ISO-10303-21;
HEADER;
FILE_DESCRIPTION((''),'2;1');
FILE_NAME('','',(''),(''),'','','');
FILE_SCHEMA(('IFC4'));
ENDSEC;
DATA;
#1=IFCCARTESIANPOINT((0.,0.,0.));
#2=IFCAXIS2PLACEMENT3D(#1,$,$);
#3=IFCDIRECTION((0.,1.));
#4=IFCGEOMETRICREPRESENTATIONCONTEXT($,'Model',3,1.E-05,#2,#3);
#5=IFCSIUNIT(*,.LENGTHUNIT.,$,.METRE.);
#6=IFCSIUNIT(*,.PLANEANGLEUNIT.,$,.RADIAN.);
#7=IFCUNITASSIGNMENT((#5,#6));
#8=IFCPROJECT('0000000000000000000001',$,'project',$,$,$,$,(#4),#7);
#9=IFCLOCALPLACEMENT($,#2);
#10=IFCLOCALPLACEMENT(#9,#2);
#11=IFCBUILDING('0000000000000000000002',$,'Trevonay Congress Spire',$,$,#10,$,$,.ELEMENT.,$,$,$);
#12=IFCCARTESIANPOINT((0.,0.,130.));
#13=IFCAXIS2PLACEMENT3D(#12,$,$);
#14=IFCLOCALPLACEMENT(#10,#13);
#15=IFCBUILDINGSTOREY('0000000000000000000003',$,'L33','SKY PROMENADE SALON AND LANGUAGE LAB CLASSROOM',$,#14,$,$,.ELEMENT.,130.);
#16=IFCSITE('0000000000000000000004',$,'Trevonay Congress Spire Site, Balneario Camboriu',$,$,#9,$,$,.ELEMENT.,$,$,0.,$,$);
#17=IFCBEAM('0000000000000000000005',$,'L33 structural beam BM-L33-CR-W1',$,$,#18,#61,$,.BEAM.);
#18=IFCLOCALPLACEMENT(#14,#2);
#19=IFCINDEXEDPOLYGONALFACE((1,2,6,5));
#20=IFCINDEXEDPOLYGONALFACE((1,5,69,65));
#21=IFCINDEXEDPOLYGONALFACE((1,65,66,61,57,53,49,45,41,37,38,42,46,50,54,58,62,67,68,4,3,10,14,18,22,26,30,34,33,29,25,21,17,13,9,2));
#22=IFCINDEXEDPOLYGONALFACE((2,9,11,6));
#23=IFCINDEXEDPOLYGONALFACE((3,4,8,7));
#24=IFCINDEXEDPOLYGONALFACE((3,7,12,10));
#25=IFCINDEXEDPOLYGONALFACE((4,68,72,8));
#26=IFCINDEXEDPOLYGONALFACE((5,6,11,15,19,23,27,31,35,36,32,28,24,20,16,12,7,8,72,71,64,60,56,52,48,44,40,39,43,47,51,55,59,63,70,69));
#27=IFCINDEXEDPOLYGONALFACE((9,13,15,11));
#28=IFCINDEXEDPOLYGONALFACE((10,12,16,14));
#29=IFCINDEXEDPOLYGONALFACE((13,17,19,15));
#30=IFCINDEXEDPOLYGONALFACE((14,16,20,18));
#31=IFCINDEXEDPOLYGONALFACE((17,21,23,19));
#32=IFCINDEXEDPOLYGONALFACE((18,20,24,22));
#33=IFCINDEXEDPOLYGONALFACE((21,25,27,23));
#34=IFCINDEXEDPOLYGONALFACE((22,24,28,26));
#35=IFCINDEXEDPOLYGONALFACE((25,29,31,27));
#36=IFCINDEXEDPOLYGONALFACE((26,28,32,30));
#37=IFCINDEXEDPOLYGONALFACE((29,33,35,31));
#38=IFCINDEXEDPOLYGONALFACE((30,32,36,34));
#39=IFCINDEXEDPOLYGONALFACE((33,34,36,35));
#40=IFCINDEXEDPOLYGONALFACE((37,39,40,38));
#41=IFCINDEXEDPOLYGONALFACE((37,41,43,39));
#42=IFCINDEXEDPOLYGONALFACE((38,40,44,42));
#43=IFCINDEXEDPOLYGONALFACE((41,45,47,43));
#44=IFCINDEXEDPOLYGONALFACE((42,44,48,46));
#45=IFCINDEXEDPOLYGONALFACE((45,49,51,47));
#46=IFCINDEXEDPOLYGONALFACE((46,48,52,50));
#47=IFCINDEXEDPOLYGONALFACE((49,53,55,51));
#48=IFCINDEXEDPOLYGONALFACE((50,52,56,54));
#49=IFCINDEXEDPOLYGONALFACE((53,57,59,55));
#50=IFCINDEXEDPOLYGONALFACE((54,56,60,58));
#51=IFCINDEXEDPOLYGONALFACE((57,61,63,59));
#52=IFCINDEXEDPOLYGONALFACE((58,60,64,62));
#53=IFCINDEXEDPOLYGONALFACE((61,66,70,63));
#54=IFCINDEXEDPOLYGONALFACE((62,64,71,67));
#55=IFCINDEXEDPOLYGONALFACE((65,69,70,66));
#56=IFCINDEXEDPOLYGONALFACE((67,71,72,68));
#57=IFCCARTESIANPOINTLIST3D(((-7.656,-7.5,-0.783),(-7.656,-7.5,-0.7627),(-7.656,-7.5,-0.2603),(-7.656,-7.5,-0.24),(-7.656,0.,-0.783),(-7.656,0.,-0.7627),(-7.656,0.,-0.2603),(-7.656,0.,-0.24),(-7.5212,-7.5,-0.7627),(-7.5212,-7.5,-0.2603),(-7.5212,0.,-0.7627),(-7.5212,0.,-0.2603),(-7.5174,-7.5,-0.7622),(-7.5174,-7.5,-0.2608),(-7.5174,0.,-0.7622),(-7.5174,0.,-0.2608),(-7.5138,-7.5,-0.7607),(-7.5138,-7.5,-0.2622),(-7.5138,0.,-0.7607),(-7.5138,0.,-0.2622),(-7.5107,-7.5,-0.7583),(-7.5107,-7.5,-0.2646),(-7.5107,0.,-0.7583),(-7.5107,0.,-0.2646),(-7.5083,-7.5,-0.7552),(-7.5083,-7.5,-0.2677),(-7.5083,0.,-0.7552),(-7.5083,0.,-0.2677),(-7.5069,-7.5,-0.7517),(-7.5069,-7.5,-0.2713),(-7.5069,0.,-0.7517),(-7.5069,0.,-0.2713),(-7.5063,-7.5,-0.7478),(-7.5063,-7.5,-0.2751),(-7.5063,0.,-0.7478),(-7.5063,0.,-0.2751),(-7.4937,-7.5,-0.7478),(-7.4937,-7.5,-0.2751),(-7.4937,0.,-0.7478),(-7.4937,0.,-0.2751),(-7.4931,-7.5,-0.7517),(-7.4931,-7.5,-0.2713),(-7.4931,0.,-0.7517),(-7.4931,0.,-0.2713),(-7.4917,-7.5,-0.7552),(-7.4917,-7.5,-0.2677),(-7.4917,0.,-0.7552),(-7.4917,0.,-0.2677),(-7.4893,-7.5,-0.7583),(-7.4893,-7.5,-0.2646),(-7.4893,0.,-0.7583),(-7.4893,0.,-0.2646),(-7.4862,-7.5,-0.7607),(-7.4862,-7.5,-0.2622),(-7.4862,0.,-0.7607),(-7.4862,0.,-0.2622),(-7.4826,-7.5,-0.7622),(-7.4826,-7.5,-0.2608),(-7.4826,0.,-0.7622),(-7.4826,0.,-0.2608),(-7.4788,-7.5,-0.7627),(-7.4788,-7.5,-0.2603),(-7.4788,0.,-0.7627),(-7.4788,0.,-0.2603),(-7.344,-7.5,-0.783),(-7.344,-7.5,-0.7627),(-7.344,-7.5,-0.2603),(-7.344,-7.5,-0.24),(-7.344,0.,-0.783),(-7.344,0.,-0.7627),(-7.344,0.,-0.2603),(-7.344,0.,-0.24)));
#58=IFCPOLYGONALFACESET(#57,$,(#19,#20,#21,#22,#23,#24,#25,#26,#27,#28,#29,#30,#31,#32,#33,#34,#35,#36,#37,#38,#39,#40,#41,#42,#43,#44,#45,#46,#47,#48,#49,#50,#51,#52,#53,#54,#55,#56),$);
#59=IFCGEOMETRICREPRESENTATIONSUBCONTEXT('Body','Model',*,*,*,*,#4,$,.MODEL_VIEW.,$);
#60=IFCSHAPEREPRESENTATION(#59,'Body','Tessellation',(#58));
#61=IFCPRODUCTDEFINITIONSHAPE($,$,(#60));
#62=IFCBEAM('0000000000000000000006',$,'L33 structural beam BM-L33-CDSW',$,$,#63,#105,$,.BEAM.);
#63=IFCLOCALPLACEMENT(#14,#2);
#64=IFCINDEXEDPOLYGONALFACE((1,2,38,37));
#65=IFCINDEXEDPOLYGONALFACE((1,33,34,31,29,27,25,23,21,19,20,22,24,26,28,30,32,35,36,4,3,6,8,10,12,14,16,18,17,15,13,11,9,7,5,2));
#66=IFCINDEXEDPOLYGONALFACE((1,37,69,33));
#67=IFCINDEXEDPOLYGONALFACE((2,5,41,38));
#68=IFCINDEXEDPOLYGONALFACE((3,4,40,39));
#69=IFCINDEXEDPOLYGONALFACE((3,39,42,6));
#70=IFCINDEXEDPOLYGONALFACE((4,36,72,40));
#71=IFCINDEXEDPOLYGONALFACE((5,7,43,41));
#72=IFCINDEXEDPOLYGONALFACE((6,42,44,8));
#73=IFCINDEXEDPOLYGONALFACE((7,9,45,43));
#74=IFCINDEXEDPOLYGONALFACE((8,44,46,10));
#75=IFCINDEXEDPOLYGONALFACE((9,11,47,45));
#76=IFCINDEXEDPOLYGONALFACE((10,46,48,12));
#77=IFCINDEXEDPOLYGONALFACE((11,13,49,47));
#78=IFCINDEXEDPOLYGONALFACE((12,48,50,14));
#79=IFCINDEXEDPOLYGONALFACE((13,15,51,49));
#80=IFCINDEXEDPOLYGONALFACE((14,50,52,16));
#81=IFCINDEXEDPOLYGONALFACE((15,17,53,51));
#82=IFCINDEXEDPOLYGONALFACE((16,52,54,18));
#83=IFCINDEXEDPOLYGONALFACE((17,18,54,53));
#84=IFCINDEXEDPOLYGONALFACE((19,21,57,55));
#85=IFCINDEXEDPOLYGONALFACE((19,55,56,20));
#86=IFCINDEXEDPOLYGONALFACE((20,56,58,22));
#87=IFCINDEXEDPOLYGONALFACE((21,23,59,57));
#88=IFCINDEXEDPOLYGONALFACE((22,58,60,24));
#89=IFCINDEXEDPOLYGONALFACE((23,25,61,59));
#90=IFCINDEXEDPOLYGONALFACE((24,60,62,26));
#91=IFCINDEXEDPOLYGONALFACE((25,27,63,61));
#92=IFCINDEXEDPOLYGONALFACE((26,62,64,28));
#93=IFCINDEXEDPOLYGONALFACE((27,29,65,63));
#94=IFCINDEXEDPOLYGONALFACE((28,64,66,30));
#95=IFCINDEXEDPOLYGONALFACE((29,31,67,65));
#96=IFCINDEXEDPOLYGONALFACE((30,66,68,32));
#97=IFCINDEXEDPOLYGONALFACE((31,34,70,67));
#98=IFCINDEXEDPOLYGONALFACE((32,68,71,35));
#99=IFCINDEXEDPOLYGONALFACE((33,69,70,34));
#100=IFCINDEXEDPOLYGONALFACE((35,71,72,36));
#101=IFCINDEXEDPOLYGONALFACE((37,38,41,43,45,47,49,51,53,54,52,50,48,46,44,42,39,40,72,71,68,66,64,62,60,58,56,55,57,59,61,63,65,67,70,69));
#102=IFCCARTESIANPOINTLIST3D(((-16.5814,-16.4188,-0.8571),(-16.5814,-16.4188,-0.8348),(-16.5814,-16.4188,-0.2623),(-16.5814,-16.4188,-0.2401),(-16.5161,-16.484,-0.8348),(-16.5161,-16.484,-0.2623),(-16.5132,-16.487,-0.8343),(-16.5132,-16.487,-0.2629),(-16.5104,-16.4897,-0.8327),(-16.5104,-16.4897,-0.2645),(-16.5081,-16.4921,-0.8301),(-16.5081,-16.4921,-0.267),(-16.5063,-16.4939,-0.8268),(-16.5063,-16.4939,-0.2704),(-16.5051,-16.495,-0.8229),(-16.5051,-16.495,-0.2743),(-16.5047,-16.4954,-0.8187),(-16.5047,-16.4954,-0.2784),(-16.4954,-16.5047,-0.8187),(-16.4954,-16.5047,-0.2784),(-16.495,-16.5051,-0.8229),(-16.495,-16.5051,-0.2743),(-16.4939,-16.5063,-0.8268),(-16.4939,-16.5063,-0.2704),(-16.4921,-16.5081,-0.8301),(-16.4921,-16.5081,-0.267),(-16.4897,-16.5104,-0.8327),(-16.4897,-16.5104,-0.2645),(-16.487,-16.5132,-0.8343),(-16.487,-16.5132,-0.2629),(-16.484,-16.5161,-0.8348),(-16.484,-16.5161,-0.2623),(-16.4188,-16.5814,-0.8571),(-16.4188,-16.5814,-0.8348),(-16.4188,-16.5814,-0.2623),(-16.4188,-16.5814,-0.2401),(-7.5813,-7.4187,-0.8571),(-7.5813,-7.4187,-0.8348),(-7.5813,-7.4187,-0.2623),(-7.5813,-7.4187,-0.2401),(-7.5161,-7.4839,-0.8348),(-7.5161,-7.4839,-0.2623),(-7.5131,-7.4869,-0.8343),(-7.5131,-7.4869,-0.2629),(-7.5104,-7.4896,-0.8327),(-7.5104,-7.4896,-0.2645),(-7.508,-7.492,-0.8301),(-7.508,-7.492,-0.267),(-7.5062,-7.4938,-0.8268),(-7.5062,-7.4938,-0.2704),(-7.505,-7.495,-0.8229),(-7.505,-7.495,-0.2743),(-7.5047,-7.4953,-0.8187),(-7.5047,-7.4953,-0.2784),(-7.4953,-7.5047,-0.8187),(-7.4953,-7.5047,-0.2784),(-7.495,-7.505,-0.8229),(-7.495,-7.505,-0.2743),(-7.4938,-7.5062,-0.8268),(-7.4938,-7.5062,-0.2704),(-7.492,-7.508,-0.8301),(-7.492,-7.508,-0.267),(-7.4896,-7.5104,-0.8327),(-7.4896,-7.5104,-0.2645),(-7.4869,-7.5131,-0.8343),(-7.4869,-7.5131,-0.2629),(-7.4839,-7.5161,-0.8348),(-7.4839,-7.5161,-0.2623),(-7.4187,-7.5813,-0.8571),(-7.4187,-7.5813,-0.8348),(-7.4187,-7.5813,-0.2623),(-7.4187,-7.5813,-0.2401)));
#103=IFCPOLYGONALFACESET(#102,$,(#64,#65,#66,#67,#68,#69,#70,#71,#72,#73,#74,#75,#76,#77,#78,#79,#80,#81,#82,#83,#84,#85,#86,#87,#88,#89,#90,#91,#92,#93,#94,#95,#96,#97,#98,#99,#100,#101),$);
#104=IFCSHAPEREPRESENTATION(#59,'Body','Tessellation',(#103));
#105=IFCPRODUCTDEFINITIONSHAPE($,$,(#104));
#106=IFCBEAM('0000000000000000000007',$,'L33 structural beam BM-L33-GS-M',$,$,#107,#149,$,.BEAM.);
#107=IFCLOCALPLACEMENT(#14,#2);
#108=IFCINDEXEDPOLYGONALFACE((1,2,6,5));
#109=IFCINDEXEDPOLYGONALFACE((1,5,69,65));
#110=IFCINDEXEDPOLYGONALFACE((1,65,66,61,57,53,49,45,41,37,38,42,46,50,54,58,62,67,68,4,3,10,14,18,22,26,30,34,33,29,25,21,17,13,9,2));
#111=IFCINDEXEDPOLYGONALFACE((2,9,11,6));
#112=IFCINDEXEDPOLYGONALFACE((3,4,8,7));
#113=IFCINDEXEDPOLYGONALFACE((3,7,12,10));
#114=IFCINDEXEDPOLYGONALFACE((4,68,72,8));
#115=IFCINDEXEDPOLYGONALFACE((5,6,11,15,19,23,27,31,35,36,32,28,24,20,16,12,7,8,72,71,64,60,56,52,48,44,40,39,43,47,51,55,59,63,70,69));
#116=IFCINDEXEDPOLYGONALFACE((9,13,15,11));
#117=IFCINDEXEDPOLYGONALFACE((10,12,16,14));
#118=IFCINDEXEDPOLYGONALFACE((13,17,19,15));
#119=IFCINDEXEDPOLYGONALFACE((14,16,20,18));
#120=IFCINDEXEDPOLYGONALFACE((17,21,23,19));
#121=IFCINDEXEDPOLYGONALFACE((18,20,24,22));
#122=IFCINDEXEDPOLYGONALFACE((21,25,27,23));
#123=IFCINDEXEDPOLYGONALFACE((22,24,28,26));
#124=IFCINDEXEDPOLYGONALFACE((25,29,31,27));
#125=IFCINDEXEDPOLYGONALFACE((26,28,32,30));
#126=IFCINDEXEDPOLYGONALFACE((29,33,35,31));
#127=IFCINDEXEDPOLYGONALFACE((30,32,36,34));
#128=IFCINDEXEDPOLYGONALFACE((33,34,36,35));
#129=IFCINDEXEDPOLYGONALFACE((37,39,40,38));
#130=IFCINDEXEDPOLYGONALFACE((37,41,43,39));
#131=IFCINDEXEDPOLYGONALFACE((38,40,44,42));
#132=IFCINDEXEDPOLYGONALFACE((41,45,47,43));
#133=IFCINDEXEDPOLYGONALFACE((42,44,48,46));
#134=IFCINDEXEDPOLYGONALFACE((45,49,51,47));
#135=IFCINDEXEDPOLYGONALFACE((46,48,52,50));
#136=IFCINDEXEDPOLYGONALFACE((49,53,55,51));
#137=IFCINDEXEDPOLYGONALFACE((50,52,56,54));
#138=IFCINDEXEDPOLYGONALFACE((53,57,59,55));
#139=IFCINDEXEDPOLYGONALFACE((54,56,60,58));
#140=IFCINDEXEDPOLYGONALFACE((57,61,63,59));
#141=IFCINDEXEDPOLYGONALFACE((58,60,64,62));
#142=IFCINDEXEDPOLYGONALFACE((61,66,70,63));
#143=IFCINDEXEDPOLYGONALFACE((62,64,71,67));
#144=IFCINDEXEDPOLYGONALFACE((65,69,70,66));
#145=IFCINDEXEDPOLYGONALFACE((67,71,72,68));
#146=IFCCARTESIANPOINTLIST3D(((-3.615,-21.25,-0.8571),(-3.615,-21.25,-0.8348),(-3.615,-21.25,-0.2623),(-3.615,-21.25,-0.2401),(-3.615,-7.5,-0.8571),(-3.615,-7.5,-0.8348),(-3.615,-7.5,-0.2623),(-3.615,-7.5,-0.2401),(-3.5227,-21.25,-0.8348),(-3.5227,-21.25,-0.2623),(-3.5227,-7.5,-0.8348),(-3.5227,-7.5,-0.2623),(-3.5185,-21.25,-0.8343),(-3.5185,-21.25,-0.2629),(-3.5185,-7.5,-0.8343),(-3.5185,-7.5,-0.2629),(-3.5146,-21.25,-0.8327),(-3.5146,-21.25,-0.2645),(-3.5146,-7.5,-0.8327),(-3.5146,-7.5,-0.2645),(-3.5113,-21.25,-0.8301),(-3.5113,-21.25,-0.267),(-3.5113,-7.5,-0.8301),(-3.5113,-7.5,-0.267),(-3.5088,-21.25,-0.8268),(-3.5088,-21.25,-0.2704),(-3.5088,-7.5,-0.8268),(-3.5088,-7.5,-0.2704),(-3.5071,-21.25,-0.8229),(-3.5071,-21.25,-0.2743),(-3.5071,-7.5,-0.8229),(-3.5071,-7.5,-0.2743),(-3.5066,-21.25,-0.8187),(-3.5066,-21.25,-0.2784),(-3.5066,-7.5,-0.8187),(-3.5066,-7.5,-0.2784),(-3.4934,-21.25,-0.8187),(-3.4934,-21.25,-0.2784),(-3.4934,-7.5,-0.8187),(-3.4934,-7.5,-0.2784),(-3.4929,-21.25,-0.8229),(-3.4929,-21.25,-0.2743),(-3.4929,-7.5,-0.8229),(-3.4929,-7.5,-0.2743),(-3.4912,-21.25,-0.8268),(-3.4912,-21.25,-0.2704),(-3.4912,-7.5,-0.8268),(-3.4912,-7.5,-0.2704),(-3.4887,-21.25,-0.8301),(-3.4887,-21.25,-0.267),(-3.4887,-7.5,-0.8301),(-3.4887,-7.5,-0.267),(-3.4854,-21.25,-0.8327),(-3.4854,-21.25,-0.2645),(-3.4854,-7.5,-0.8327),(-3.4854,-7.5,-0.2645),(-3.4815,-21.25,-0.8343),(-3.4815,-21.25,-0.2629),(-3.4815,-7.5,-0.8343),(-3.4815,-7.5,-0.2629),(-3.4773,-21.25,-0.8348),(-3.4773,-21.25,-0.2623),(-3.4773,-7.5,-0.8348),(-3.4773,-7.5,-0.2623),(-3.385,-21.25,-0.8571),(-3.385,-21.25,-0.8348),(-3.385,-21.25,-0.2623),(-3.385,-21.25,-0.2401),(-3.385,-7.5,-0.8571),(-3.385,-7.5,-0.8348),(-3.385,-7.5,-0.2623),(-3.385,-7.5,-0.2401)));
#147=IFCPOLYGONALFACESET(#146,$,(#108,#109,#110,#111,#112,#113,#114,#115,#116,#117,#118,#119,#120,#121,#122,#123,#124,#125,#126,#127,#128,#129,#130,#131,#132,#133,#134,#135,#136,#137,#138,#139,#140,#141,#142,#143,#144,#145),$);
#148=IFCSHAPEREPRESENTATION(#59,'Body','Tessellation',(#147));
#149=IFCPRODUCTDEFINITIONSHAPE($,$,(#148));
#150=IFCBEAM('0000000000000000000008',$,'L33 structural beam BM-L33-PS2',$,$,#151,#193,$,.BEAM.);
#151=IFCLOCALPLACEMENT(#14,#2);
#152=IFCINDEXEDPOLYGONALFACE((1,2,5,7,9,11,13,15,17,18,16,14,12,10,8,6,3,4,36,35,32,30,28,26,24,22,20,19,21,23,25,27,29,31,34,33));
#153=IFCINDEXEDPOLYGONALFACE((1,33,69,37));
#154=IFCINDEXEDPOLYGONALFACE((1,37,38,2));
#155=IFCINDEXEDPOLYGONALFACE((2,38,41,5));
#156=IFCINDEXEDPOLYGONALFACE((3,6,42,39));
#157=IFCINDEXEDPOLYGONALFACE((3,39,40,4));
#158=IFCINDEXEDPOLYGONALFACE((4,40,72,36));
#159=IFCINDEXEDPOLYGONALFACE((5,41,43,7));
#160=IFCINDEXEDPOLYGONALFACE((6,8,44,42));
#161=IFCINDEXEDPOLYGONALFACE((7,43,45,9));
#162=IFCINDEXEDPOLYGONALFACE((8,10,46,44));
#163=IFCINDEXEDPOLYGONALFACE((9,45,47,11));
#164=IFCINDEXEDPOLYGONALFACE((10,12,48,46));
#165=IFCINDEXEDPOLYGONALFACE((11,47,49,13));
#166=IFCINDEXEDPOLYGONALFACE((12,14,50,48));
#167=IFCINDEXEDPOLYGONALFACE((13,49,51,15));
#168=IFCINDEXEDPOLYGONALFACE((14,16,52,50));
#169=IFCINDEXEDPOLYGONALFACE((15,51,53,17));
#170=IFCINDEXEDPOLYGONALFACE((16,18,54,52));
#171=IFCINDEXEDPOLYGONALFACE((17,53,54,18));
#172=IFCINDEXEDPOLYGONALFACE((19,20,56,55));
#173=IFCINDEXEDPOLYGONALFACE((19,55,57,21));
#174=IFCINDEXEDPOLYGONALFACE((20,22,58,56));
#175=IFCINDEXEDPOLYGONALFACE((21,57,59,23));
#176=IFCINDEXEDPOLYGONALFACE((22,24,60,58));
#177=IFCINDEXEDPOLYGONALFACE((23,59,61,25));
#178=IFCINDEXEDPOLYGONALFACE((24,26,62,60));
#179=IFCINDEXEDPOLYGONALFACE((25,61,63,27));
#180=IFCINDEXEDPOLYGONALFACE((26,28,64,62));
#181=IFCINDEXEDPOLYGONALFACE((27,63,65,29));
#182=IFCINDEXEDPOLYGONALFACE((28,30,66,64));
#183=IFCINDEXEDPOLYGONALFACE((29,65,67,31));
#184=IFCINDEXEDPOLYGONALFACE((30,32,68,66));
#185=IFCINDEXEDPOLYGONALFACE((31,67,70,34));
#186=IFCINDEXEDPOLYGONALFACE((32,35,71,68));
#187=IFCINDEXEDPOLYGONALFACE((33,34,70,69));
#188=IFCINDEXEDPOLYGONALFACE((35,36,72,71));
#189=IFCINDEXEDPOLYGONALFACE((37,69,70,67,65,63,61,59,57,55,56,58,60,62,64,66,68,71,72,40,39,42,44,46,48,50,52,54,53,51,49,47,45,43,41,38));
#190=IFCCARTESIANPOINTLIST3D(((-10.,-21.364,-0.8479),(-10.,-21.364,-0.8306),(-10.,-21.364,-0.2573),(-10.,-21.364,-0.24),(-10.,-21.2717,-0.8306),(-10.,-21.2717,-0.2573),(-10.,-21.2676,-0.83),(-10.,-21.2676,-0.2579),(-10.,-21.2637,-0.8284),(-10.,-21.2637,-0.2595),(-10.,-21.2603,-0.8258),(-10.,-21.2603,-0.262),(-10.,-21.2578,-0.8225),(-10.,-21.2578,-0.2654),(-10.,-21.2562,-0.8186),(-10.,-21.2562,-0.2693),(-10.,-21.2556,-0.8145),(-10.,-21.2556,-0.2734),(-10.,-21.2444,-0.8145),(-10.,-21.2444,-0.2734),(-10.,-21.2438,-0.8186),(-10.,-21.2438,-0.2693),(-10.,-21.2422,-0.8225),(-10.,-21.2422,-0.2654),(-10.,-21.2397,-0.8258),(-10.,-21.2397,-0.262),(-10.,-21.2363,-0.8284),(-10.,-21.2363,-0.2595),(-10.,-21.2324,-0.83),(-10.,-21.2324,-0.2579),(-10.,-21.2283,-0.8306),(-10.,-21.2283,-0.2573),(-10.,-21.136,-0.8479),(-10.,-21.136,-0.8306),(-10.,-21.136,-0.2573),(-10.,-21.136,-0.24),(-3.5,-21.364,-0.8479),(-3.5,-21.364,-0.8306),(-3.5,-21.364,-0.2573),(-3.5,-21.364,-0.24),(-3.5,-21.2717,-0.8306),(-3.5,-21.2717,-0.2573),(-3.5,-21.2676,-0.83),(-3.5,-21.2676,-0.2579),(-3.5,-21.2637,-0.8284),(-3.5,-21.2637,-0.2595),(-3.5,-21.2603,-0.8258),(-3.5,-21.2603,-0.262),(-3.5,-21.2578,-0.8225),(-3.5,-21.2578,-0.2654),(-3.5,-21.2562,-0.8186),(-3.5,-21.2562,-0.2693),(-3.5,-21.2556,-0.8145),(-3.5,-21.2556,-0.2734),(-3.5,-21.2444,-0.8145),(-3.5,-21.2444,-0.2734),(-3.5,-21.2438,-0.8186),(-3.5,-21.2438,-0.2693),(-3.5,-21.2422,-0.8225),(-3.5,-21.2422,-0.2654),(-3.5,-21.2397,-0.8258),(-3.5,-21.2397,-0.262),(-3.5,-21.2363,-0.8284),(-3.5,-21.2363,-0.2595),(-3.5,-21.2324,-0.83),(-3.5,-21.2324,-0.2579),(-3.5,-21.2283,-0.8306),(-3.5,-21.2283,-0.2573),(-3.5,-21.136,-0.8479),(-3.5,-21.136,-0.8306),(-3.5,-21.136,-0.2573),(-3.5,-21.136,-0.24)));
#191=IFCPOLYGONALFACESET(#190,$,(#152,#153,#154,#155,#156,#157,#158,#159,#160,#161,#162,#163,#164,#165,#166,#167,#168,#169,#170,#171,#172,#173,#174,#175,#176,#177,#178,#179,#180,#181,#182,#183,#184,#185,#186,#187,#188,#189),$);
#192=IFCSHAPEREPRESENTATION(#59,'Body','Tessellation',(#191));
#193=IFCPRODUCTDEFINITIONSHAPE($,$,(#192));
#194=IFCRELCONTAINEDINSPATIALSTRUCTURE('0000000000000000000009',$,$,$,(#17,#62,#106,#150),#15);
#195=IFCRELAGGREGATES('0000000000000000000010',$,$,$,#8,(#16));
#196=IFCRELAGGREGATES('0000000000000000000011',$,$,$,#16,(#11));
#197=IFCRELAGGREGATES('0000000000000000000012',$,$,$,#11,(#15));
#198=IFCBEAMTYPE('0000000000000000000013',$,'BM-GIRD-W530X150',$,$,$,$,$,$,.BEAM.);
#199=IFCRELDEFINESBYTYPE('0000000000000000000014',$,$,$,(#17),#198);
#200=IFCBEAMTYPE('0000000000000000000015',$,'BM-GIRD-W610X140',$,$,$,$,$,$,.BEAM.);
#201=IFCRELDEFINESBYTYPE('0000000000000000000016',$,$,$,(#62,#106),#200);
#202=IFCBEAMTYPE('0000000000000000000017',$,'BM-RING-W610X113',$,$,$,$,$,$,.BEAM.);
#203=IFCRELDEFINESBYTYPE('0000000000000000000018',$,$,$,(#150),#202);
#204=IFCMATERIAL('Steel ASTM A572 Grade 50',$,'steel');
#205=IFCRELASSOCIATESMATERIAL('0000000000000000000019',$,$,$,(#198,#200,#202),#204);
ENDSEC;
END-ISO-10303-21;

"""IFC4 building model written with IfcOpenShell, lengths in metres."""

from ifc_helpers import new_model, si_unit, direction, frame, origin, origin_2d, place, context, subcontext, project, spatial, i_section, extrude, material, material_profile, profile_set, type_object, element, save


model = new_model("IFC4")

# Units and contexts
model_context = context("Model", 3, precision=1e-05, world=origin(), true_north=direction((0.0, 1.0)))
body_context = subcontext(model_context, "Body", "Model", "MODEL_VIEW")
ifc_project = project(units=[si_unit("LENGTHUNIT", "METRE"), si_unit("PLANEANGLEUNIT", "RADIAN")], contexts=[model_context])

# Site, building, storey
site_placement = place(None, origin())
site = spatial("IfcSite", under=ifc_project, at=site_placement, Name="Trevonay Congress Spire Site, Balneario Camboriu", CompositionType="ELEMENT", RefElevation=0.0)
building_placement = place(site_placement, origin())
building = spatial("IfcBuilding", under=site, at=building_placement, Name="Trevonay Congress Spire", CompositionType="ELEMENT")
storey_placement = place(building_placement, frame((0.0, 0.0, 130.0)))
storey = spatial("IfcBuildingStorey", under=building, at=storey_placement, Name="L33", Description="SKY PROMENADE SALON AND LANGUAGE LAB CLASSROOM", CompositionType="ELEMENT", Elevation=130.0)

# Shared definitions
ifc_material_1 = material(Name="Steel ASTM A572 Grade 50", Category="steel")

# Beams
ifc_material_profile_1 = material_profile(ifc_material_1, i_section(OverallWidth=0.312, OverallDepth=0.543, WebThickness=0.0127, FlangeThickness=0.0203, FilletRadius=0.0149, at=origin_2d()), Name="W530x150")
ifc_profile_set_1 = profile_set([ifc_material_profile_1], Name="Steel ASTM A572 Grade 50")
beam_type_1 = type_object("IfcBeamType", Name="BM-GIRD-W530X150", PredefinedType="BEAM", material=ifc_profile_set_1)
beam_1_placement = place(storey_placement, frame((-7.5, -7.5, -0.5115), z_axis=(0.0, 1.0, 0.0), x_axis=(-1.0, 0.0, 0.0)))
element("IfcBeam", 1, at=beam_1_placement, inside=storey, type_object=beam_type_1, Name="L33 structural beam BM-L33-CR-W1", PredefinedType="BEAM", context=body_context, shape_type="SweptSolid", body=[
    extrude(i_section(OverallWidth=0.312, OverallDepth=0.543, WebThickness=0.0127, FlangeThickness=0.0203, FilletRadius=0.0149, at=origin_2d()), origin(), (0.0, 0.0, 1.0), 7.5),
])
ifc_material_profile_2 = material_profile(ifc_material_1, i_section(OverallWidth=0.23, OverallDepth=0.6169, WebThickness=0.0132, FlangeThickness=0.0222, FilletRadius=0.0161, at=origin_2d()), Name="W610x140")
ifc_profile_set_2 = profile_set([ifc_material_profile_2], Name="Steel ASTM A572 Grade 50")
beam_type_2 = type_object("IfcBeamType", Name="BM-GIRD-W610X140", PredefinedType="BEAM", material=ifc_profile_set_2)
beam_2_placement = place(storey_placement, frame((-7.5, -7.5, -0.5486), z_axis=(-0.707107, -0.707107, 0.0), x_axis=(0.707107, -0.707107, 0.0)))
element("IfcBeam", 2, at=beam_2_placement, inside=storey, type_object=beam_type_2, Name="L33 structural beam BM-L33-CDSW", PredefinedType="BEAM", context=body_context, shape_type="SweptSolid", body=[
    extrude(i_section(OverallWidth=0.23, OverallDepth=0.6169, WebThickness=0.0132, FlangeThickness=0.0222, FilletRadius=0.0161, at=origin_2d()), origin(), (0.0, 0.0, 1.0), 12.728),
])
beam_3_placement = place(storey_placement, frame((-3.5, -7.5, -0.5486), z_axis=(0.0, -1.0, 0.0), x_axis=(1.0, 0.0, 0.0)))
element("IfcBeam", 3, at=beam_3_placement, inside=storey, type_object=beam_type_2, Name="L33 structural beam BM-L33-GS-M", PredefinedType="BEAM", context=body_context, shape_type="SweptSolid", body=[
    extrude(i_section(OverallWidth=0.23, OverallDepth=0.6169, WebThickness=0.0132, FlangeThickness=0.0222, FilletRadius=0.0161, at=origin_2d()), origin(), (0.0, 0.0, 1.0), 13.75),
])
ifc_material_profile_3 = material_profile(ifc_material_1, i_section(OverallWidth=0.228, OverallDepth=0.6079, WebThickness=0.0112, FlangeThickness=0.0173, FilletRadius=0.0161, at=origin_2d()), Name="W610x113")
ifc_profile_set_3 = profile_set([ifc_material_profile_3], Name="Steel ASTM A572 Grade 50")
beam_type_3 = type_object("IfcBeamType", Name="BM-RING-W610X113", PredefinedType="BEAM", material=ifc_profile_set_3)
beam_4_placement = place(storey_placement, frame((-10.0, -21.25, -0.5439), z_axis=(1.0, 0.0, 0.0), x_axis=(0.0, 1.0, 0.0)))
element("IfcBeam", 4, at=beam_4_placement, inside=storey, type_object=beam_type_3, Name="L33 structural beam BM-L33-PS2", PredefinedType="BEAM", context=body_context, shape_type="SweptSolid", body=[
    extrude(i_section(OverallWidth=0.228, OverallDepth=0.6079, WebThickness=0.0112, FlangeThickness=0.0173, FilletRadius=0.0161, at=origin_2d()), origin(), (0.0, 0.0, 1.0), 6.5),
])

save(model, "model.ifc")
